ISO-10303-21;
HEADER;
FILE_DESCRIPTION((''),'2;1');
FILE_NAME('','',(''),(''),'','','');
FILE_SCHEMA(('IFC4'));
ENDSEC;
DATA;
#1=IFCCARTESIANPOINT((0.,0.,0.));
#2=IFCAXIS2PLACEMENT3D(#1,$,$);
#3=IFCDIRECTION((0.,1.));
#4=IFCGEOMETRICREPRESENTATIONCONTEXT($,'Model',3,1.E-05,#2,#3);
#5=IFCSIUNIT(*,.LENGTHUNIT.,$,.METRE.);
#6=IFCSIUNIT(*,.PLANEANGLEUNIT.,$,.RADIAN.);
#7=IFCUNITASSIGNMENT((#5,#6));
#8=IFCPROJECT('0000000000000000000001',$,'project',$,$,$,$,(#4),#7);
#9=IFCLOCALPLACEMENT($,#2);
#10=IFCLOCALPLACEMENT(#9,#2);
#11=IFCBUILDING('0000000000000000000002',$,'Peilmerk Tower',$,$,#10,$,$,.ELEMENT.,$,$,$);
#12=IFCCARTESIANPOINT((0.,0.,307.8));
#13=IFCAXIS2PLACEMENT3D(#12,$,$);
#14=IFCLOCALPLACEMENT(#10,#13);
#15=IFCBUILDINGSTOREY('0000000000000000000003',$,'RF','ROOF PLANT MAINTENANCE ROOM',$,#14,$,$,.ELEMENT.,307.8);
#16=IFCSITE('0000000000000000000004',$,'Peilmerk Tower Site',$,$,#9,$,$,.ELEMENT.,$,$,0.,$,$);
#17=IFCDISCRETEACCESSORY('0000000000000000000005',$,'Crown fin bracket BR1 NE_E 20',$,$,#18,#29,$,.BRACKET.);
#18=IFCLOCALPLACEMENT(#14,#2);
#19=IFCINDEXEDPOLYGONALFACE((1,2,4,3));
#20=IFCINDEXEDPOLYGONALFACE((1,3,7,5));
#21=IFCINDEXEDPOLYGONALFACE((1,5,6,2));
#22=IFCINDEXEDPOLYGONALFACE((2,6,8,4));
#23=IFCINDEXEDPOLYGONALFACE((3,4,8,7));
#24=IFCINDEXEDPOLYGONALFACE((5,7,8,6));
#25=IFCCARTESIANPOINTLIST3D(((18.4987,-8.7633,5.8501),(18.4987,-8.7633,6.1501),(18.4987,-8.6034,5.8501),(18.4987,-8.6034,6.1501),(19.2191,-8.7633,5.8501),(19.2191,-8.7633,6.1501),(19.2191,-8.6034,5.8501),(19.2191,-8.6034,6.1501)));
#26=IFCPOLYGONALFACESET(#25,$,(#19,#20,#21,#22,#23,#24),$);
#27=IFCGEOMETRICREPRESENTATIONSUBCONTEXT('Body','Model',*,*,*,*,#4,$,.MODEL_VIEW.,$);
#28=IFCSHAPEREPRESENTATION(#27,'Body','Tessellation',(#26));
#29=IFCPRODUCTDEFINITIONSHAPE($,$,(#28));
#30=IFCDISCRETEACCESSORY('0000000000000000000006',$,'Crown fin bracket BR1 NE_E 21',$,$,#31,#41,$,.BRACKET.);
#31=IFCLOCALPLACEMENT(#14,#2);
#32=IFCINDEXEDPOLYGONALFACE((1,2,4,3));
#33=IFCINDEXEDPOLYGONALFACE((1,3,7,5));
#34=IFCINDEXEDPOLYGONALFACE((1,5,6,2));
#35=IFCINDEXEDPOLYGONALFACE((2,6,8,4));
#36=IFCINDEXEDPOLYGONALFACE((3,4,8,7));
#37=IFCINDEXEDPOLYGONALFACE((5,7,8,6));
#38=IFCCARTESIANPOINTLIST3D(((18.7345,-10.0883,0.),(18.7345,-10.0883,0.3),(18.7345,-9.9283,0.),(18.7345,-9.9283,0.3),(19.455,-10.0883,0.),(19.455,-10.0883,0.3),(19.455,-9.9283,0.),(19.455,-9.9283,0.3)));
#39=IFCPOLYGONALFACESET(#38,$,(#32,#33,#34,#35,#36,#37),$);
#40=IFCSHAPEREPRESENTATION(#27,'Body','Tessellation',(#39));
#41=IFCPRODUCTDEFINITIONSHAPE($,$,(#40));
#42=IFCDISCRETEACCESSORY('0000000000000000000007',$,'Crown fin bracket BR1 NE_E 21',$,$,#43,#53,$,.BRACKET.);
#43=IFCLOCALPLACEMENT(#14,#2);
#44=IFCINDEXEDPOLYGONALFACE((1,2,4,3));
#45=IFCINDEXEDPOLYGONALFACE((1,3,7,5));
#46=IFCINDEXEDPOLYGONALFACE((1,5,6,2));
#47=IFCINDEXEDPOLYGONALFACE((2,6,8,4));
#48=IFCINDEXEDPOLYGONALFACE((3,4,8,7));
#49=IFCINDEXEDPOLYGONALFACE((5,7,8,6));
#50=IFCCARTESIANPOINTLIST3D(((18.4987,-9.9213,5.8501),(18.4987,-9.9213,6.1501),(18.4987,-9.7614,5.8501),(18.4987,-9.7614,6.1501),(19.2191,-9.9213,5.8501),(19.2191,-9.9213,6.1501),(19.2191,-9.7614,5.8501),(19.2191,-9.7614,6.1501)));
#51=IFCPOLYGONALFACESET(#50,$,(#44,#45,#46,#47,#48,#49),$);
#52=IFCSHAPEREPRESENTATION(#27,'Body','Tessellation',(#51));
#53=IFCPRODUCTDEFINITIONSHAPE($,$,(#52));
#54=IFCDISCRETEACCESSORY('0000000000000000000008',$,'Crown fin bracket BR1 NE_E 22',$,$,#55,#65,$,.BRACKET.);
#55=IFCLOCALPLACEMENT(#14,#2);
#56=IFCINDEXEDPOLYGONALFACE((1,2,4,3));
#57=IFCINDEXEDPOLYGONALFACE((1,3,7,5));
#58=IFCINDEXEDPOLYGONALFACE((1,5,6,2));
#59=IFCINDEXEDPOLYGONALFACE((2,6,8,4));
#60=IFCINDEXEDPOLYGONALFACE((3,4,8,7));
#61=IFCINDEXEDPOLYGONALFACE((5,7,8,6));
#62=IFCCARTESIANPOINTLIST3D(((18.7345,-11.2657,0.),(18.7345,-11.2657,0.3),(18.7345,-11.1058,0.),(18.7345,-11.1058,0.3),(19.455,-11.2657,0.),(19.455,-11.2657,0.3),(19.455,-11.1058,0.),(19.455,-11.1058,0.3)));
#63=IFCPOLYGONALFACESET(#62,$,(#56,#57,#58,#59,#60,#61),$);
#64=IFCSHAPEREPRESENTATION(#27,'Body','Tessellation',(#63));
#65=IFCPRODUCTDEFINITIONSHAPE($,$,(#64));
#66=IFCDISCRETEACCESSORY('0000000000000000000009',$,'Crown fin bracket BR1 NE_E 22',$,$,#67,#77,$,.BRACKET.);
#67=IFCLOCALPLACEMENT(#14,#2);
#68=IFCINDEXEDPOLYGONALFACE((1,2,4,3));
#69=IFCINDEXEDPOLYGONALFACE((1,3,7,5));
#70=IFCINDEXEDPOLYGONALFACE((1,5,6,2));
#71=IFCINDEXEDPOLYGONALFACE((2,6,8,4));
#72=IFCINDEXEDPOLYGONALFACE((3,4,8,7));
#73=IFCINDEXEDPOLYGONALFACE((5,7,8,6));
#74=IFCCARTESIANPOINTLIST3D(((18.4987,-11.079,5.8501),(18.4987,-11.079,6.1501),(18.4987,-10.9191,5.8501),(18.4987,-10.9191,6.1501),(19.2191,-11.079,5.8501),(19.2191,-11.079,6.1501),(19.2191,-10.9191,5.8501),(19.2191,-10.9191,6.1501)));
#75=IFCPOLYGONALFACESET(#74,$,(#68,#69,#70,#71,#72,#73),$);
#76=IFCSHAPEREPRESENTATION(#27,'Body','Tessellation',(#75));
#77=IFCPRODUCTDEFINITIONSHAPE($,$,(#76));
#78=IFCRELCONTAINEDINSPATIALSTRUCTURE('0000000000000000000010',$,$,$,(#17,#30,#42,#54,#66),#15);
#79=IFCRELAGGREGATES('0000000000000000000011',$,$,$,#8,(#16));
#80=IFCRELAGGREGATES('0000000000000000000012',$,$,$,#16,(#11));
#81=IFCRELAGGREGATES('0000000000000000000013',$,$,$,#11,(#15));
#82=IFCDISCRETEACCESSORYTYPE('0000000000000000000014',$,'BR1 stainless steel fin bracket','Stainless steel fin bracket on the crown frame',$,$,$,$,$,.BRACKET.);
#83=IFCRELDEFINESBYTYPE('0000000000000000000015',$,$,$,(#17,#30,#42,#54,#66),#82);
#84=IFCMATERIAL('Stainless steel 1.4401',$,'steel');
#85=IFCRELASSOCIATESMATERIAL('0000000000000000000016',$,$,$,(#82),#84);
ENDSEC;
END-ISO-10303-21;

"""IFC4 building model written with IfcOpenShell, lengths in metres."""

from ifc_helpers import new_model, si_unit, direction, frame, origin, origin_2d, place, context, subcontext, project, spatial, rectangle, extrude, source, transform, mapped, material, type_object, element, save


model = new_model("IFC4")

# Units and contexts
model_context = context("Model", 3, precision=1e-05, world=origin(), true_north=direction((0.0, 1.0)))
body_context = subcontext(model_context, "Body", "Model", "MODEL_VIEW")
ifc_project = project(units=[si_unit("LENGTHUNIT", "METRE"), si_unit("PLANEANGLEUNIT", "RADIAN")], contexts=[model_context])

# Site, building, storey
site_placement = place(None, origin())
site = spatial("IfcSite", under=ifc_project, at=site_placement, Name="Peilmerk Tower Site", CompositionType="ELEMENT", RefElevation=0.0)
building_placement = place(site_placement, origin())
building = spatial("IfcBuilding", under=site, at=building_placement, Name="Peilmerk Tower", CompositionType="ELEMENT")
storey_placement = place(building_placement, frame((0.0, 0.0, 307.8)))
storey = spatial("IfcBuildingStorey", under=building, at=storey_placement, Name="RF", Description="ROOF PLANT MAINTENANCE ROOM", CompositionType="ELEMENT", Elevation=307.8)

# Discrete accessories
ifc_material_1 = material(Name="Stainless steel 1.4401", Category="steel")
discrete_accessory_type = type_object("IfcDiscreteAccessoryType", Name="BR1 stainless steel fin bracket", Description="Stainless steel fin bracket on the crown frame", PredefinedType="BRACKET", material=ifc_material_1)
shared_shape_1 = source(origin(), body_context, "Body", "SweptSolid", [
    extrude(rectangle(XDim=0.7205, YDim=0.1599, at=origin_2d()), origin(), (0.0, 0.0, 1.0), 0.3),
])
for number, where, z_axis, x_axis, name in (
    (1, (18.8589, -8.6833, 5.8501), (0.0, 0.0, 1.0), (1.0, 0.0, 0.0), "Crown fin bracket BR1 NE_E 20"),
    (2, (19.0947, -10.0083, 0.0), (0.0, 0.0, 1.0), (1.0, 0.0, 0.0), "Crown fin bracket BR1 NE_E 21"),
    (3, (18.8589, -9.8413, 5.8501), (0.0, 0.0, 1.0), (1.0, 0.0, 0.0), "Crown fin bracket BR1 NE_E 21"),
    (4, (19.0947, -11.1858, 0.0), (0.0, 0.0, 1.0), (1.0, 0.0, 0.0), "Crown fin bracket BR1 NE_E 22"),
    (5, (18.8589, -10.999, 5.8501), (0.0, 0.0, 1.0), (1.0, 0.0, 0.0), "Crown fin bracket BR1 NE_E 22"),
):
    element("IfcDiscreteAccessory", number, at=place(storey_placement, frame(where, z_axis=z_axis, x_axis=x_axis)), inside=storey, type_object=discrete_accessory_type, Name=name, PredefinedType="BRACKET", context=body_context, shape_type="MappedRepresentation", body=[
        mapped(shared_shape_1, transform((0.0, 0.0, 0.0), scale=1.0)),
    ])

save(model, "model.ifc")
